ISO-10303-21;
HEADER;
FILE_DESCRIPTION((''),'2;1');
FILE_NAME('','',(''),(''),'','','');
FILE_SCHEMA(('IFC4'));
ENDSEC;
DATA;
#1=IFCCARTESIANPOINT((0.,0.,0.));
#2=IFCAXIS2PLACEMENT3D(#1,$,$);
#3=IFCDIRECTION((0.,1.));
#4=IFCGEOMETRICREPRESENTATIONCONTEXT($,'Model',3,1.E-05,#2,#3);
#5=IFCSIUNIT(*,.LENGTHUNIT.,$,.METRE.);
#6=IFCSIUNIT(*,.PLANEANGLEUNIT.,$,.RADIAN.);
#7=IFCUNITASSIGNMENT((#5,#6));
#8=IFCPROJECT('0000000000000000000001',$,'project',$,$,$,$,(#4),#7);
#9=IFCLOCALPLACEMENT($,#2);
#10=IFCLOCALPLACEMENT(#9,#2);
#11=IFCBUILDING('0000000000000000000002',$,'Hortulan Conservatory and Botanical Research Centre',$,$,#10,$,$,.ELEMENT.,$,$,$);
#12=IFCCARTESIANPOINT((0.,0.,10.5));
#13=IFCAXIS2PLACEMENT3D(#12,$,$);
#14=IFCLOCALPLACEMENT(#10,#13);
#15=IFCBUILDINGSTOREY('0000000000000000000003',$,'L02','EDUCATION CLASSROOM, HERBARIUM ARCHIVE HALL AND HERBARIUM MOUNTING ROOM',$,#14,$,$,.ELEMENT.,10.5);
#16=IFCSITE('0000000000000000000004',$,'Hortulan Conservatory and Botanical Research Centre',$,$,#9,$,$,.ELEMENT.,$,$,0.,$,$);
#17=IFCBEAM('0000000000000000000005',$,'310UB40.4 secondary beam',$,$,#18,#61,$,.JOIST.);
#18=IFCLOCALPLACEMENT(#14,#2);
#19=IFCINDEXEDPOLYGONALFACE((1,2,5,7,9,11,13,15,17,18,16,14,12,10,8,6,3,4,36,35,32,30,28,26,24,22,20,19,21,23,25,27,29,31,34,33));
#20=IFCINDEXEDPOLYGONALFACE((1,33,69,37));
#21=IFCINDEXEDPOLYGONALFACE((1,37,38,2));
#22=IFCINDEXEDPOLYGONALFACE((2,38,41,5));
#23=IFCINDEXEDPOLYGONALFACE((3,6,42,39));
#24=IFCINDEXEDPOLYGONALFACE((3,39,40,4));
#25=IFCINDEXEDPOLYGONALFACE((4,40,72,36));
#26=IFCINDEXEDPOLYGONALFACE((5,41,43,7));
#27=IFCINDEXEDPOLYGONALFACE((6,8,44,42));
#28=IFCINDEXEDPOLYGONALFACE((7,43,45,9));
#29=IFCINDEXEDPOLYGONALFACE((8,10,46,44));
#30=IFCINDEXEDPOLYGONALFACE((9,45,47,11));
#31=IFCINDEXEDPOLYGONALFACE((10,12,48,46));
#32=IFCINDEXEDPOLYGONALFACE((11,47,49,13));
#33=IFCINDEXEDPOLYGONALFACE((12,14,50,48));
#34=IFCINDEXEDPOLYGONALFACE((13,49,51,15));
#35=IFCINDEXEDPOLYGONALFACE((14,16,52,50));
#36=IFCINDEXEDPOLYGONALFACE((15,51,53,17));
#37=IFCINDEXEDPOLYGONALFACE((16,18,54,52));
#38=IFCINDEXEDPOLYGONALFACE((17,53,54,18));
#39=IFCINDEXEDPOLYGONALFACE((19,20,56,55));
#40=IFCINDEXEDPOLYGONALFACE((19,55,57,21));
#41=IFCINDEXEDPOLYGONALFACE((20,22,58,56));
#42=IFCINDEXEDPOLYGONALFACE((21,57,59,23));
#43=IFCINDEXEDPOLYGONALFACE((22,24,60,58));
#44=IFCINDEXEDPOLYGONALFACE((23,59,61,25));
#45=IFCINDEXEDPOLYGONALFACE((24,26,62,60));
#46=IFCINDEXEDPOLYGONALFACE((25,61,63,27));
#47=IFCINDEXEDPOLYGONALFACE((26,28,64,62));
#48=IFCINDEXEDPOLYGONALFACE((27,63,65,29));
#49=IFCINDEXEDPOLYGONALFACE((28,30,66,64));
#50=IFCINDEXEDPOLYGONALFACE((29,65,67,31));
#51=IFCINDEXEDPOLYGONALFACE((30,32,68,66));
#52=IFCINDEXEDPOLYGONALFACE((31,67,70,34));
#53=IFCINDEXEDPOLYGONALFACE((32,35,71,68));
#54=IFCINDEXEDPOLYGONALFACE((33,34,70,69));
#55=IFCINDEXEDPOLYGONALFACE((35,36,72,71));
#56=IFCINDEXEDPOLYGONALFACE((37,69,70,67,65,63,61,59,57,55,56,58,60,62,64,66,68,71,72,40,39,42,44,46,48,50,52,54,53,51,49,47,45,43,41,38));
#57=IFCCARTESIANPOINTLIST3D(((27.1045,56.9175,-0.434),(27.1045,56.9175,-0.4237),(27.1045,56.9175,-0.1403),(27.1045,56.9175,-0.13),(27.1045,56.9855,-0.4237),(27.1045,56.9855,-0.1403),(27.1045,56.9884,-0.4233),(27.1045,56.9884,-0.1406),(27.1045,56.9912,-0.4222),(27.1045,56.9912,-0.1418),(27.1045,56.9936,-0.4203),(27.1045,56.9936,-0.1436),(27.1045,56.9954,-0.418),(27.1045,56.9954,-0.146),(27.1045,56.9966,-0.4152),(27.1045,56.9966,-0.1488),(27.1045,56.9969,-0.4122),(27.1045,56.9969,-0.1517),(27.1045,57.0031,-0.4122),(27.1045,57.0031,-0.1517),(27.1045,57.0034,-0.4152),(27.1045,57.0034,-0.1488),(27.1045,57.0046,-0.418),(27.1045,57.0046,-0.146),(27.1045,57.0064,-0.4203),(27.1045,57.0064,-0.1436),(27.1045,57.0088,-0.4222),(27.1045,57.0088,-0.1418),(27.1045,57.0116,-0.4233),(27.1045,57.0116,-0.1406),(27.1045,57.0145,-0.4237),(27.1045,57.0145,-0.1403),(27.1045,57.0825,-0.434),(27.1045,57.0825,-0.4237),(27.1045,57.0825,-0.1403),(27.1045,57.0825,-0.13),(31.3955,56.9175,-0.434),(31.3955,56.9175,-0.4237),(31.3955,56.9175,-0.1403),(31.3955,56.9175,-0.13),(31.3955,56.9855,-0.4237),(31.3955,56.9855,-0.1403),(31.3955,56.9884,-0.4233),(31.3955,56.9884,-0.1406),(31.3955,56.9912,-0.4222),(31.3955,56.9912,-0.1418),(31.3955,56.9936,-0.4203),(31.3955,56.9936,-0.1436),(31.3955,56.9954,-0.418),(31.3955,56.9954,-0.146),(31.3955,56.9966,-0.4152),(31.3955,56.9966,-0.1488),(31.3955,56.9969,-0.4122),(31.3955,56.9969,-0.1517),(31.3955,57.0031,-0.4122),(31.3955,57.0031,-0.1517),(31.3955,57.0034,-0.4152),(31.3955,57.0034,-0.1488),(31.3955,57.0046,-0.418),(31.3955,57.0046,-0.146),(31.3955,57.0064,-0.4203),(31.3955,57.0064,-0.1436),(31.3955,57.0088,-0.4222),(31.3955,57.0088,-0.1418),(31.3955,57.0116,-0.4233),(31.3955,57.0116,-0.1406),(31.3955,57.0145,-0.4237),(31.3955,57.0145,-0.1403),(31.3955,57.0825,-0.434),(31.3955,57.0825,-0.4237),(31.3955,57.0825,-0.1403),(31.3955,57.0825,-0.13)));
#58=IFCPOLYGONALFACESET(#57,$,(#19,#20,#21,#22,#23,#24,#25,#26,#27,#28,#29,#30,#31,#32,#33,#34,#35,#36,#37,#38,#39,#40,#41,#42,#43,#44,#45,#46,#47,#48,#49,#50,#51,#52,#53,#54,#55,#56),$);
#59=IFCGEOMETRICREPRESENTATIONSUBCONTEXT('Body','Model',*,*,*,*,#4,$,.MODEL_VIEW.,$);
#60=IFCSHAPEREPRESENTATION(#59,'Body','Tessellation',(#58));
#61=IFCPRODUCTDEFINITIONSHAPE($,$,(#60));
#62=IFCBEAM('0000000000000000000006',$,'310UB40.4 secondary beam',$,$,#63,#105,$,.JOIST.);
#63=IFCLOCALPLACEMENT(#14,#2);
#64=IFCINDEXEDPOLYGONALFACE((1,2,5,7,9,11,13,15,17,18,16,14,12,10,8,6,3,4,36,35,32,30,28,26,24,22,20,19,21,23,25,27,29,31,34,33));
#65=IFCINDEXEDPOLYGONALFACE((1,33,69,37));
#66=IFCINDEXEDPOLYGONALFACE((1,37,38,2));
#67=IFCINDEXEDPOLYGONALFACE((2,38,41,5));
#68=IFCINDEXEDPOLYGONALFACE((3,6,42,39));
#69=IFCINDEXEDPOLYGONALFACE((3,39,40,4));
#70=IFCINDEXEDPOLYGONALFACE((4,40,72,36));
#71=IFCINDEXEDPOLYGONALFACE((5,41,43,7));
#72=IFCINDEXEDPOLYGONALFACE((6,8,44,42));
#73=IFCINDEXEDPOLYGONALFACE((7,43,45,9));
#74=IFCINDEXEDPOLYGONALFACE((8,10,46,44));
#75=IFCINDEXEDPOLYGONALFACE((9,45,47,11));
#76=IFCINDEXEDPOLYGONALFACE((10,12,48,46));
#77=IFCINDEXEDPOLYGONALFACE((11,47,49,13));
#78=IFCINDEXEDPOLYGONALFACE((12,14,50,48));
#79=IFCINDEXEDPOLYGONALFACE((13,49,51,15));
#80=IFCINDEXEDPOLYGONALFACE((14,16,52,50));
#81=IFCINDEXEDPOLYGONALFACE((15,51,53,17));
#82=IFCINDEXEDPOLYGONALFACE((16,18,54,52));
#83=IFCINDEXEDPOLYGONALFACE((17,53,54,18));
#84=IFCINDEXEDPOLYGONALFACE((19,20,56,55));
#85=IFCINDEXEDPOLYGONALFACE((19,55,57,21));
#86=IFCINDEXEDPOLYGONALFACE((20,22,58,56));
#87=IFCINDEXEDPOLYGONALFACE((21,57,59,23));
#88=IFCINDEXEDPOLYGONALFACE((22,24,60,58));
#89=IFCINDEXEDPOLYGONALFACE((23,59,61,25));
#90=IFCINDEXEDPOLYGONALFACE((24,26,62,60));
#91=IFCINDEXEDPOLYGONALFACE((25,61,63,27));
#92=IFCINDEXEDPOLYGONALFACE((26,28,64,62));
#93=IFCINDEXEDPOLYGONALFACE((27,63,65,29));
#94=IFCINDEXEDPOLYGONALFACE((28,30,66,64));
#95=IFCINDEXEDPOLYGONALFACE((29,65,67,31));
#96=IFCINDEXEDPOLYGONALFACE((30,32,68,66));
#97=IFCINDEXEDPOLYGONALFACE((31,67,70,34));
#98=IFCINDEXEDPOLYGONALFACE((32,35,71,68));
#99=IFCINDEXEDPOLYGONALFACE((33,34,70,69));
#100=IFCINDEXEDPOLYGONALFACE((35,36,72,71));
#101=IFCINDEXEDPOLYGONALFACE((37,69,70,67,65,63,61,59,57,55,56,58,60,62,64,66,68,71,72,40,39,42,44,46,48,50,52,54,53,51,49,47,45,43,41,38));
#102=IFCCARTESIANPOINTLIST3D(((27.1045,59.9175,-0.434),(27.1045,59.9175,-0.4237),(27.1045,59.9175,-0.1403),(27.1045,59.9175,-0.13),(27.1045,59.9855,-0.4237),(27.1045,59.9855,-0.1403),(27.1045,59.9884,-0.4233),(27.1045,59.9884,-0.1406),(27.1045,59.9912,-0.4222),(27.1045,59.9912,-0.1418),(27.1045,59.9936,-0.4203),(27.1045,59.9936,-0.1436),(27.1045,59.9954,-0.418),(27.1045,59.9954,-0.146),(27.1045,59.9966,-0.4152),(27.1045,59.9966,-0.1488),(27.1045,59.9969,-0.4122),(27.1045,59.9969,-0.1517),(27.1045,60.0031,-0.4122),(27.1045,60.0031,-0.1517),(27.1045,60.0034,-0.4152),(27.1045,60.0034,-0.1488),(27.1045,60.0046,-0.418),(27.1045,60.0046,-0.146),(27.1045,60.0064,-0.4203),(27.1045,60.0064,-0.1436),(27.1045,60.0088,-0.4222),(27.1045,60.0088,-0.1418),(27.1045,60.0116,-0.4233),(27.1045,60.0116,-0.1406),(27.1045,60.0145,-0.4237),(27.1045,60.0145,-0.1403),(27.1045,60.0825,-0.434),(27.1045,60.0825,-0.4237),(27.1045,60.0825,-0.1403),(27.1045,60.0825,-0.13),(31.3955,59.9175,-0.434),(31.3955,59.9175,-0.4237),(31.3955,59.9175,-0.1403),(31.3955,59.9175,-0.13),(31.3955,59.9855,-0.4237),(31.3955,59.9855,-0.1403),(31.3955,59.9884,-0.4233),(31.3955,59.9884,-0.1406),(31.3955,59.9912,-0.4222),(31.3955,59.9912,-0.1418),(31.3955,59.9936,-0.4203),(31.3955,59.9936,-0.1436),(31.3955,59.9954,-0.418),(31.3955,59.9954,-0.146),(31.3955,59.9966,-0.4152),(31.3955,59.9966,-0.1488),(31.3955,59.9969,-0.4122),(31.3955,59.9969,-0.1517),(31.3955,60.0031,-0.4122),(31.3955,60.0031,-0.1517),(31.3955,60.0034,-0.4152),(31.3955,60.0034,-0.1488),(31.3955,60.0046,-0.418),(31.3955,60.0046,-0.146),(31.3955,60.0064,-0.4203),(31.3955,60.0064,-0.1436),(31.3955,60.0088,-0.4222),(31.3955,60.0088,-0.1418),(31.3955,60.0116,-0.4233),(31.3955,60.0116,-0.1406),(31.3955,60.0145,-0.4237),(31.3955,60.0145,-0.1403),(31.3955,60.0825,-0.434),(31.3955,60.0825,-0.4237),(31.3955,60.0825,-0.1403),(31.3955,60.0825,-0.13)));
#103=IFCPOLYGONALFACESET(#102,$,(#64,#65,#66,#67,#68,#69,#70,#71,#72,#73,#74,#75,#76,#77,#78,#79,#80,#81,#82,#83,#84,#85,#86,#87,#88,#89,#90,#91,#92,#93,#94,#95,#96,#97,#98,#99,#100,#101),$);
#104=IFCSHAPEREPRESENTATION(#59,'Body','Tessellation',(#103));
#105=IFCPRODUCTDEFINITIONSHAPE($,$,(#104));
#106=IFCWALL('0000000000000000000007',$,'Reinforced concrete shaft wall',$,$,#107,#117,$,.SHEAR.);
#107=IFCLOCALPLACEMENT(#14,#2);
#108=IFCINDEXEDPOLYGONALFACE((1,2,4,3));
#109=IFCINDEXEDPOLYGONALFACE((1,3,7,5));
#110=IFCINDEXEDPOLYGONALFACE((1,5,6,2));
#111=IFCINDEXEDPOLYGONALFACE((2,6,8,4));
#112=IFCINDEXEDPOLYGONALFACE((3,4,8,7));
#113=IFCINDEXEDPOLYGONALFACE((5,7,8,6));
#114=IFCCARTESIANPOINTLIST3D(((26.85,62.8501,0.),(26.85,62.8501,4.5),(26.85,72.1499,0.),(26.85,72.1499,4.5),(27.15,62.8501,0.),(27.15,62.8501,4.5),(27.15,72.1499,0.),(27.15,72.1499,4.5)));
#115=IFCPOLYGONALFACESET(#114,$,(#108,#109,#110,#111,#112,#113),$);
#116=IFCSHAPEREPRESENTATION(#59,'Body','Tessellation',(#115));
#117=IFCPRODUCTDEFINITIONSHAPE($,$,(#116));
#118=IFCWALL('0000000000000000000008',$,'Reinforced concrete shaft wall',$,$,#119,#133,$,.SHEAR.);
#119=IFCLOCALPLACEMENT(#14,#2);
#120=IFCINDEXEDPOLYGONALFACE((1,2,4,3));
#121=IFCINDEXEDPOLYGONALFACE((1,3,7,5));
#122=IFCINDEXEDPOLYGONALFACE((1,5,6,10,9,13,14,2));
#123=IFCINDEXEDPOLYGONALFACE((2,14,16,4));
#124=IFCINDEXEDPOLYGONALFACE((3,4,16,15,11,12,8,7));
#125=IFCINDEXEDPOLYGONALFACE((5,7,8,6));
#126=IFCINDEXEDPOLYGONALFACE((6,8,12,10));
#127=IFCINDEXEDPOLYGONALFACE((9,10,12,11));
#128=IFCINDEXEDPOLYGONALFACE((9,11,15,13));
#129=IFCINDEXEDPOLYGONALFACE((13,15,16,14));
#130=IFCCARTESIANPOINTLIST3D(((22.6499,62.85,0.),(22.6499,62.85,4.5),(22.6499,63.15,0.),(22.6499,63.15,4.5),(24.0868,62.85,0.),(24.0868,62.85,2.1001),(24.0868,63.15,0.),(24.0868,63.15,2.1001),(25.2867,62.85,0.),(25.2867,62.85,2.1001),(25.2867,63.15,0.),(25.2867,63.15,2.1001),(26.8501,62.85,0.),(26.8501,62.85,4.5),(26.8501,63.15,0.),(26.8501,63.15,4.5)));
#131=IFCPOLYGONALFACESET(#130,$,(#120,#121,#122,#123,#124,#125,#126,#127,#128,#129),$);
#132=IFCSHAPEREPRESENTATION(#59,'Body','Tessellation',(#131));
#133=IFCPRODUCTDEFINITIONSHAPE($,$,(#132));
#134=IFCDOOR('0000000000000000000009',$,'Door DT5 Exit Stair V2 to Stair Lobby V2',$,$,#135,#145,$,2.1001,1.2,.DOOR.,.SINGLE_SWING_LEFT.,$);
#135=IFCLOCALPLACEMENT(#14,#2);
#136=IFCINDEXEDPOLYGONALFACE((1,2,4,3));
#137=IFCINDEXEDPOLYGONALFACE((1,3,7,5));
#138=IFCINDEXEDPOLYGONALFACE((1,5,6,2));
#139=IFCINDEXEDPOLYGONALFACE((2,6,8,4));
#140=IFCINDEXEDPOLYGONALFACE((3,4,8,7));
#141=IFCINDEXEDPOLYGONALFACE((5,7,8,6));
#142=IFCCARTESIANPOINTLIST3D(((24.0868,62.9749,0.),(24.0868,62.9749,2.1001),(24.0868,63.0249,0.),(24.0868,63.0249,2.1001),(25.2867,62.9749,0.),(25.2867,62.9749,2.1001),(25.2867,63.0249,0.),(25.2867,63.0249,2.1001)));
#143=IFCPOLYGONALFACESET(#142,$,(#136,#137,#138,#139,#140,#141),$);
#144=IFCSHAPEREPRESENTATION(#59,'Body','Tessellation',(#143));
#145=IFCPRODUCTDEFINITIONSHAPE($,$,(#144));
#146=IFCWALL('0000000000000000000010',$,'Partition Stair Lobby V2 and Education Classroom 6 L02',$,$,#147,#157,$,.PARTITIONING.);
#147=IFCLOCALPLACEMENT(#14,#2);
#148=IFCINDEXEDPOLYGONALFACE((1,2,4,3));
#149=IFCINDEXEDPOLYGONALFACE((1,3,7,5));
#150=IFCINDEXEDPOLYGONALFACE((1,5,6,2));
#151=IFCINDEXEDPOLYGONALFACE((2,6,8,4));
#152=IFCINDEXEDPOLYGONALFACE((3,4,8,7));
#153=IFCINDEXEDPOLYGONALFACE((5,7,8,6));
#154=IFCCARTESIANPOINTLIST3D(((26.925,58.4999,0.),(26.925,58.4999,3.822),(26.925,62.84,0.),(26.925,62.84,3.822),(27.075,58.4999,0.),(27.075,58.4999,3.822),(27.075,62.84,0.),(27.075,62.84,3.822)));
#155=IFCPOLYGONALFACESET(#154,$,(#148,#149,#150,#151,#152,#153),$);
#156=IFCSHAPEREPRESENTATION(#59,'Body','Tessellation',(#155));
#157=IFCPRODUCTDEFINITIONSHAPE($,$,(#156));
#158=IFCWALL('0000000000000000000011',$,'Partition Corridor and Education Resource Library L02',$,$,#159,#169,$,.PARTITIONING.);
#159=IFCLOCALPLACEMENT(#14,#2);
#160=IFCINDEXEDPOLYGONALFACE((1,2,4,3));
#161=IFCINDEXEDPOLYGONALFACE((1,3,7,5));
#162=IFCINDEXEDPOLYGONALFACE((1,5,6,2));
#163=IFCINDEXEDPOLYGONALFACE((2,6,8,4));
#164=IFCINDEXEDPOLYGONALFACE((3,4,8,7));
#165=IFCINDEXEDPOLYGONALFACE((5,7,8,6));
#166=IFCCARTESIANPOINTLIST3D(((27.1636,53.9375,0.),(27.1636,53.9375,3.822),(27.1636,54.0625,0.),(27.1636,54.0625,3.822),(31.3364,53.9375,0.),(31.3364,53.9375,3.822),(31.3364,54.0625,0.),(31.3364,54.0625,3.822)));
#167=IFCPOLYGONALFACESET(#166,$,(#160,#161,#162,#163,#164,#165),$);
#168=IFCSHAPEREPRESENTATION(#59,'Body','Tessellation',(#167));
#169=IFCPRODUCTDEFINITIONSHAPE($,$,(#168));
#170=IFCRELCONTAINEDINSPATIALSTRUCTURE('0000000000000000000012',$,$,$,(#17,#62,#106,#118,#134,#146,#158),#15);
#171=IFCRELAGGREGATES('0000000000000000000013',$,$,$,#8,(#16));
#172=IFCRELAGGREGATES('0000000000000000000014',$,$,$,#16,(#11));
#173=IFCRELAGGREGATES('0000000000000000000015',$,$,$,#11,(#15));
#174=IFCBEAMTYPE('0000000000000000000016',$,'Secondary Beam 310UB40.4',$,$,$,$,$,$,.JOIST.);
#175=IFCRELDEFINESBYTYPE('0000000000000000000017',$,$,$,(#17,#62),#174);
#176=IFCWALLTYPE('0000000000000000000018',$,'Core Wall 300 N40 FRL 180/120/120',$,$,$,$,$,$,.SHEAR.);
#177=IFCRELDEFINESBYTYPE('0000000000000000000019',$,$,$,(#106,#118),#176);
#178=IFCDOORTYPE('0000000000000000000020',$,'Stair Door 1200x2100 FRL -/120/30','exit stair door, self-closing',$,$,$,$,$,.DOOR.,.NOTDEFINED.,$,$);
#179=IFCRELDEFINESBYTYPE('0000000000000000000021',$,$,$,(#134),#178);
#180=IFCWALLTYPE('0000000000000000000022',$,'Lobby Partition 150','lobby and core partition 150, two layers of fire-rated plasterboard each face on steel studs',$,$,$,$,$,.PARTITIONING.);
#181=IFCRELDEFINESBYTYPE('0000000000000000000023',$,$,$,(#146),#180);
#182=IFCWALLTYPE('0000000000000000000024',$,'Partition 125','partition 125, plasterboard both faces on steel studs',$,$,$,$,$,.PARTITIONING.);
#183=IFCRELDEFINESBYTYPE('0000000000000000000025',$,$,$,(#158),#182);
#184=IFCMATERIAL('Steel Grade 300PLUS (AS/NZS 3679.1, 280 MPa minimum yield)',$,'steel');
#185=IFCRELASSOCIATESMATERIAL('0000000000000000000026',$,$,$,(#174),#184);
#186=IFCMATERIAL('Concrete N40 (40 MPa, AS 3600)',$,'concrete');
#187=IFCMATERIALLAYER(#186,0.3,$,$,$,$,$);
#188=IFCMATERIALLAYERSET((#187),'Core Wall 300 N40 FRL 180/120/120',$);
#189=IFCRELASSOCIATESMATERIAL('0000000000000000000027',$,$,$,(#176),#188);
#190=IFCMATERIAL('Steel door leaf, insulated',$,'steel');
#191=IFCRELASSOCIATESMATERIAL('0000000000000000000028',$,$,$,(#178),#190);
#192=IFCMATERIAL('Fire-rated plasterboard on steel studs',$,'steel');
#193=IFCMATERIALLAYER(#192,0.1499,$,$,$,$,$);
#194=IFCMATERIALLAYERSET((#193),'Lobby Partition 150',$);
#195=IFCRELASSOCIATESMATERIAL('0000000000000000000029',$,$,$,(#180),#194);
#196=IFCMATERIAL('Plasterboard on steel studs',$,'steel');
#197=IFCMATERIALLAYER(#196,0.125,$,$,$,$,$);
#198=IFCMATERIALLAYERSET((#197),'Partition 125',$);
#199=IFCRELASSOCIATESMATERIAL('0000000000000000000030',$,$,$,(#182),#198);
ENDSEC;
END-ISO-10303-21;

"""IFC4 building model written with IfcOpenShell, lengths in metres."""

from ifc_helpers import new_model, si_unit, direction, frame, frame_2d, origin, origin_2d, place, context, subcontext, project, spatial, rectangle, i_section, extrude, material, layer, layer_set, material_profile, profile_set, type_object, element, fill, save


model = new_model("IFC4")

# Units and contexts
model_context = context("Model", 3, precision=1e-05, world=origin(), true_north=direction((0.0, 1.0)))
body_context = subcontext(model_context, "Body", "Model", "MODEL_VIEW")
ifc_project = project(units=[si_unit("LENGTHUNIT", "METRE"), si_unit("PLANEANGLEUNIT", "RADIAN")], contexts=[model_context])

# Site, building, storey
site_placement = place(None, origin())
site = spatial("IfcSite", under=ifc_project, at=site_placement, Name="Hortulan Conservatory and Botanical Research Centre", CompositionType="ELEMENT", RefElevation=0.0)
building_placement = place(site_placement, origin())
building = spatial("IfcBuilding", under=site, at=building_placement, Name="Hortulan Conservatory and Botanical Research Centre", CompositionType="ELEMENT")
storey_placement = place(building_placement, frame((0.0, 0.0, 10.5)))
storey = spatial("IfcBuildingStorey", under=building, at=storey_placement, Name="L02", Description="EDUCATION CLASSROOM, HERBARIUM ARCHIVE HALL AND HERBARIUM MOUNTING ROOM", CompositionType="ELEMENT", Elevation=10.5)

# Shared definitions
ifc_material_1 = material(Name="Steel Grade 300PLUS (AS/NZS 3679.1, 280 MPa minimum yield)", Category="steel")

# Beams
ifc_material_profile_1 = material_profile(ifc_material_1, i_section(OverallWidth=0.165, OverallDepth=0.304, WebThickness=0.0061, FlangeThickness=0.0103, FilletRadius=0.0115, at=origin_2d()), Name="310UB40.4")
ifc_profile_set_1 = profile_set([ifc_material_profile_1], Name="Steel Grade 300PLUS (AS/NZS 3679.1, 280 MPa minimum yield)")
beam_type_1 = type_object("IfcBeamType", Name="Secondary Beam 310UB40.4", PredefinedType="JOIST", material=ifc_profile_set_1)
for number, where, z_axis, x_axis, name in (
    (1, (27.1045, 57.0, -0.282), (1.0, 0.0, 0.0), (0.0, 1.0, 0.0), "310UB40.4 secondary beam"),
    (2, (27.1045, 60.0, -0.282), (1.0, 0.0, 0.0), (0.0, 1.0, 0.0), "310UB40.4 secondary beam"),
):
    element("IfcBeam", number, at=place(storey_placement, frame(where, z_axis=z_axis, x_axis=x_axis)), inside=storey, type_object=beam_type_1, Name=name, PredefinedType="JOIST", context=body_context, shape_type="SweptSolid", body=[
        extrude(i_section(OverallWidth=0.165, OverallDepth=0.304, WebThickness=0.0061, FlangeThickness=0.0103, FilletRadius=0.0115, at=origin_2d()), origin(), (0.0, 0.0, 1.0), 4.291),
    ])

# Wall
ifc_material_2 = material(Name="Concrete N40 (40 MPa, AS 3600)", Category="concrete")
ifc_layer_1 = layer(ifc_material_2, 0.3)
ifc_layer_set_1 = layer_set([ifc_layer_1], Name="Core Wall 300 N40 FRL 180/120/120")
wall_type_1 = type_object("IfcWallType", Name="Core Wall 300 N40 FRL 180/120/120", PredefinedType="SHEAR", material=ifc_layer_set_1)
wall_1_placement = place(storey_placement, frame((27.0, 62.8501, 0.0), z_axis=(0.0, 0.0, 1.0), x_axis=(0.0, 1.0, 0.0)))
element("IfcWall", 3, at=wall_1_placement, inside=storey, type_object=wall_type_1, Name="Reinforced concrete shaft wall", PredefinedType="SHEAR", context=body_context, shape_type="SweptSolid", body=[
    extrude(rectangle(XDim=9.2998, YDim=0.3, at=frame_2d((4.6499, 0.0))), origin(), (0.0, 0.0, 1.0), 4.5),
])

# Wall, opening, door
wall_2_placement = place(storey_placement, frame((22.6499, 63.0, 0.0), z_axis=(0.0, 0.0, 1.0), x_axis=(1.0, 0.0, 0.0)))
wall_2 = element("IfcWall", 4, at=wall_2_placement, inside=storey, type_object=wall_type_1, Name="Reinforced concrete shaft wall", PredefinedType="SHEAR", context=body_context, shape_type="SweptSolid", body=[
    extrude(rectangle(XDim=4.2002, YDim=0.3, at=frame_2d((2.1001, 0.0))), origin(), (0.0, 0.0, 1.0), 4.5),
])
opening_1_placement = place(wall_2_placement, frame((1.4368, 0.0, 0.0)))
opening_1 = element("IfcOpeningElement", 5, at=opening_1_placement, cuts=wall_2, PredefinedType="OPENING", context=body_context, shape_type="SweptSolid", body=[
    extrude(rectangle(XDim=1.2, YDim=2.1001, at=frame_2d((0.6001, 1.05))), frame((0.0, 0.1599, 0.0), z_axis=(0.0, -1.0, 0.0), x_axis=(1.0, 0.0, 0.0)), (0.0, 0.0, 1.0), 0.3201),
])
ifc_material_3 = material(Name="Steel door leaf, insulated", Category="steel")
door_type_1 = type_object("IfcDoorType", Name="Stair Door 1200x2100 FRL -/120/30", Description="exit stair door, self-closing", OperationType="NOTDEFINED", PredefinedType="DOOR", material=ifc_material_3)
door_1_placement = place(opening_1_placement, origin())
door_1 = element("IfcDoor", 6, at=door_1_placement, inside=storey, type_object=door_type_1, Name="Door DT5 Exit Stair V2 to Stair Lobby V2", OperationType="SINGLE_SWING_LEFT", OverallHeight=2.1001, OverallWidth=1.2, PredefinedType="DOOR", context=body_context, shape_type="SweptSolid", body=[
    extrude(rectangle(XDim=1.2, YDim=2.1001, at=frame_2d((0.6001, 1.05))), frame((0.0, 0.0249, 0.0), z_axis=(0.0, -1.0, 0.0), x_axis=(1.0, 0.0, 0.0)), (0.0, 0.0, 1.0), 0.05),
])
fill(opening_1, door_1)

# Walls
ifc_material_4 = material(Name="Fire-rated plasterboard on steel studs", Category="steel")
ifc_layer_2 = layer(ifc_material_4, 0.1499)
ifc_layer_set_2 = layer_set([ifc_layer_2], Name="Lobby Partition 150")
wall_type_2 = type_object("IfcWallType", Name="Lobby Partition 150", Description="lobby and core partition 150, two layers of fire-rated plasterboard each face on steel studs", PredefinedType="PARTITIONING", material=ifc_layer_set_2)
wall_3_placement = place(storey_placement, frame((27.0, 58.5, 0.0), z_axis=(0.0, 0.0, 1.0), x_axis=(0.0, 1.0, 0.0)))
element("IfcWall", 7, at=wall_3_placement, inside=storey, type_object=wall_type_2, Name="Partition Stair Lobby V2 and Education Classroom 6 L02", PredefinedType="PARTITIONING", context=body_context, shape_type="SweptSolid", body=[
    extrude(rectangle(XDim=4.3401, YDim=0.1499, at=frame_2d((2.1699, 0.0))), origin(), (0.0, 0.0, 1.0), 3.822),
])
ifc_material_5 = material(Name="Plasterboard on steel studs", Category="steel")
ifc_layer_3 = layer(ifc_material_5, 0.125)
ifc_layer_set_3 = layer_set([ifc_layer_3], Name="Partition 125")
wall_type_3 = type_object("IfcWallType", Name="Partition 125", Description="partition 125, plasterboard both faces on steel studs", PredefinedType="PARTITIONING", material=ifc_layer_set_3)
wall_4_placement = place(storey_placement, frame((27.1636, 54.0, 0.0), z_axis=(0.0, 0.0, 1.0), x_axis=(1.0, 0.0, 0.0)))
element("IfcWall", 8, at=wall_4_placement, inside=storey, type_object=wall_type_3, Name="Partition Corridor and Education Resource Library L02", PredefinedType="PARTITIONING", context=body_context, shape_type="SweptSolid", body=[
    extrude(rectangle(XDim=4.1729, YDim=0.125, at=frame_2d((2.0864, 0.0))), origin(), (0.0, 0.0, 1.0), 3.822),
])

save(model, "model.ifc")
